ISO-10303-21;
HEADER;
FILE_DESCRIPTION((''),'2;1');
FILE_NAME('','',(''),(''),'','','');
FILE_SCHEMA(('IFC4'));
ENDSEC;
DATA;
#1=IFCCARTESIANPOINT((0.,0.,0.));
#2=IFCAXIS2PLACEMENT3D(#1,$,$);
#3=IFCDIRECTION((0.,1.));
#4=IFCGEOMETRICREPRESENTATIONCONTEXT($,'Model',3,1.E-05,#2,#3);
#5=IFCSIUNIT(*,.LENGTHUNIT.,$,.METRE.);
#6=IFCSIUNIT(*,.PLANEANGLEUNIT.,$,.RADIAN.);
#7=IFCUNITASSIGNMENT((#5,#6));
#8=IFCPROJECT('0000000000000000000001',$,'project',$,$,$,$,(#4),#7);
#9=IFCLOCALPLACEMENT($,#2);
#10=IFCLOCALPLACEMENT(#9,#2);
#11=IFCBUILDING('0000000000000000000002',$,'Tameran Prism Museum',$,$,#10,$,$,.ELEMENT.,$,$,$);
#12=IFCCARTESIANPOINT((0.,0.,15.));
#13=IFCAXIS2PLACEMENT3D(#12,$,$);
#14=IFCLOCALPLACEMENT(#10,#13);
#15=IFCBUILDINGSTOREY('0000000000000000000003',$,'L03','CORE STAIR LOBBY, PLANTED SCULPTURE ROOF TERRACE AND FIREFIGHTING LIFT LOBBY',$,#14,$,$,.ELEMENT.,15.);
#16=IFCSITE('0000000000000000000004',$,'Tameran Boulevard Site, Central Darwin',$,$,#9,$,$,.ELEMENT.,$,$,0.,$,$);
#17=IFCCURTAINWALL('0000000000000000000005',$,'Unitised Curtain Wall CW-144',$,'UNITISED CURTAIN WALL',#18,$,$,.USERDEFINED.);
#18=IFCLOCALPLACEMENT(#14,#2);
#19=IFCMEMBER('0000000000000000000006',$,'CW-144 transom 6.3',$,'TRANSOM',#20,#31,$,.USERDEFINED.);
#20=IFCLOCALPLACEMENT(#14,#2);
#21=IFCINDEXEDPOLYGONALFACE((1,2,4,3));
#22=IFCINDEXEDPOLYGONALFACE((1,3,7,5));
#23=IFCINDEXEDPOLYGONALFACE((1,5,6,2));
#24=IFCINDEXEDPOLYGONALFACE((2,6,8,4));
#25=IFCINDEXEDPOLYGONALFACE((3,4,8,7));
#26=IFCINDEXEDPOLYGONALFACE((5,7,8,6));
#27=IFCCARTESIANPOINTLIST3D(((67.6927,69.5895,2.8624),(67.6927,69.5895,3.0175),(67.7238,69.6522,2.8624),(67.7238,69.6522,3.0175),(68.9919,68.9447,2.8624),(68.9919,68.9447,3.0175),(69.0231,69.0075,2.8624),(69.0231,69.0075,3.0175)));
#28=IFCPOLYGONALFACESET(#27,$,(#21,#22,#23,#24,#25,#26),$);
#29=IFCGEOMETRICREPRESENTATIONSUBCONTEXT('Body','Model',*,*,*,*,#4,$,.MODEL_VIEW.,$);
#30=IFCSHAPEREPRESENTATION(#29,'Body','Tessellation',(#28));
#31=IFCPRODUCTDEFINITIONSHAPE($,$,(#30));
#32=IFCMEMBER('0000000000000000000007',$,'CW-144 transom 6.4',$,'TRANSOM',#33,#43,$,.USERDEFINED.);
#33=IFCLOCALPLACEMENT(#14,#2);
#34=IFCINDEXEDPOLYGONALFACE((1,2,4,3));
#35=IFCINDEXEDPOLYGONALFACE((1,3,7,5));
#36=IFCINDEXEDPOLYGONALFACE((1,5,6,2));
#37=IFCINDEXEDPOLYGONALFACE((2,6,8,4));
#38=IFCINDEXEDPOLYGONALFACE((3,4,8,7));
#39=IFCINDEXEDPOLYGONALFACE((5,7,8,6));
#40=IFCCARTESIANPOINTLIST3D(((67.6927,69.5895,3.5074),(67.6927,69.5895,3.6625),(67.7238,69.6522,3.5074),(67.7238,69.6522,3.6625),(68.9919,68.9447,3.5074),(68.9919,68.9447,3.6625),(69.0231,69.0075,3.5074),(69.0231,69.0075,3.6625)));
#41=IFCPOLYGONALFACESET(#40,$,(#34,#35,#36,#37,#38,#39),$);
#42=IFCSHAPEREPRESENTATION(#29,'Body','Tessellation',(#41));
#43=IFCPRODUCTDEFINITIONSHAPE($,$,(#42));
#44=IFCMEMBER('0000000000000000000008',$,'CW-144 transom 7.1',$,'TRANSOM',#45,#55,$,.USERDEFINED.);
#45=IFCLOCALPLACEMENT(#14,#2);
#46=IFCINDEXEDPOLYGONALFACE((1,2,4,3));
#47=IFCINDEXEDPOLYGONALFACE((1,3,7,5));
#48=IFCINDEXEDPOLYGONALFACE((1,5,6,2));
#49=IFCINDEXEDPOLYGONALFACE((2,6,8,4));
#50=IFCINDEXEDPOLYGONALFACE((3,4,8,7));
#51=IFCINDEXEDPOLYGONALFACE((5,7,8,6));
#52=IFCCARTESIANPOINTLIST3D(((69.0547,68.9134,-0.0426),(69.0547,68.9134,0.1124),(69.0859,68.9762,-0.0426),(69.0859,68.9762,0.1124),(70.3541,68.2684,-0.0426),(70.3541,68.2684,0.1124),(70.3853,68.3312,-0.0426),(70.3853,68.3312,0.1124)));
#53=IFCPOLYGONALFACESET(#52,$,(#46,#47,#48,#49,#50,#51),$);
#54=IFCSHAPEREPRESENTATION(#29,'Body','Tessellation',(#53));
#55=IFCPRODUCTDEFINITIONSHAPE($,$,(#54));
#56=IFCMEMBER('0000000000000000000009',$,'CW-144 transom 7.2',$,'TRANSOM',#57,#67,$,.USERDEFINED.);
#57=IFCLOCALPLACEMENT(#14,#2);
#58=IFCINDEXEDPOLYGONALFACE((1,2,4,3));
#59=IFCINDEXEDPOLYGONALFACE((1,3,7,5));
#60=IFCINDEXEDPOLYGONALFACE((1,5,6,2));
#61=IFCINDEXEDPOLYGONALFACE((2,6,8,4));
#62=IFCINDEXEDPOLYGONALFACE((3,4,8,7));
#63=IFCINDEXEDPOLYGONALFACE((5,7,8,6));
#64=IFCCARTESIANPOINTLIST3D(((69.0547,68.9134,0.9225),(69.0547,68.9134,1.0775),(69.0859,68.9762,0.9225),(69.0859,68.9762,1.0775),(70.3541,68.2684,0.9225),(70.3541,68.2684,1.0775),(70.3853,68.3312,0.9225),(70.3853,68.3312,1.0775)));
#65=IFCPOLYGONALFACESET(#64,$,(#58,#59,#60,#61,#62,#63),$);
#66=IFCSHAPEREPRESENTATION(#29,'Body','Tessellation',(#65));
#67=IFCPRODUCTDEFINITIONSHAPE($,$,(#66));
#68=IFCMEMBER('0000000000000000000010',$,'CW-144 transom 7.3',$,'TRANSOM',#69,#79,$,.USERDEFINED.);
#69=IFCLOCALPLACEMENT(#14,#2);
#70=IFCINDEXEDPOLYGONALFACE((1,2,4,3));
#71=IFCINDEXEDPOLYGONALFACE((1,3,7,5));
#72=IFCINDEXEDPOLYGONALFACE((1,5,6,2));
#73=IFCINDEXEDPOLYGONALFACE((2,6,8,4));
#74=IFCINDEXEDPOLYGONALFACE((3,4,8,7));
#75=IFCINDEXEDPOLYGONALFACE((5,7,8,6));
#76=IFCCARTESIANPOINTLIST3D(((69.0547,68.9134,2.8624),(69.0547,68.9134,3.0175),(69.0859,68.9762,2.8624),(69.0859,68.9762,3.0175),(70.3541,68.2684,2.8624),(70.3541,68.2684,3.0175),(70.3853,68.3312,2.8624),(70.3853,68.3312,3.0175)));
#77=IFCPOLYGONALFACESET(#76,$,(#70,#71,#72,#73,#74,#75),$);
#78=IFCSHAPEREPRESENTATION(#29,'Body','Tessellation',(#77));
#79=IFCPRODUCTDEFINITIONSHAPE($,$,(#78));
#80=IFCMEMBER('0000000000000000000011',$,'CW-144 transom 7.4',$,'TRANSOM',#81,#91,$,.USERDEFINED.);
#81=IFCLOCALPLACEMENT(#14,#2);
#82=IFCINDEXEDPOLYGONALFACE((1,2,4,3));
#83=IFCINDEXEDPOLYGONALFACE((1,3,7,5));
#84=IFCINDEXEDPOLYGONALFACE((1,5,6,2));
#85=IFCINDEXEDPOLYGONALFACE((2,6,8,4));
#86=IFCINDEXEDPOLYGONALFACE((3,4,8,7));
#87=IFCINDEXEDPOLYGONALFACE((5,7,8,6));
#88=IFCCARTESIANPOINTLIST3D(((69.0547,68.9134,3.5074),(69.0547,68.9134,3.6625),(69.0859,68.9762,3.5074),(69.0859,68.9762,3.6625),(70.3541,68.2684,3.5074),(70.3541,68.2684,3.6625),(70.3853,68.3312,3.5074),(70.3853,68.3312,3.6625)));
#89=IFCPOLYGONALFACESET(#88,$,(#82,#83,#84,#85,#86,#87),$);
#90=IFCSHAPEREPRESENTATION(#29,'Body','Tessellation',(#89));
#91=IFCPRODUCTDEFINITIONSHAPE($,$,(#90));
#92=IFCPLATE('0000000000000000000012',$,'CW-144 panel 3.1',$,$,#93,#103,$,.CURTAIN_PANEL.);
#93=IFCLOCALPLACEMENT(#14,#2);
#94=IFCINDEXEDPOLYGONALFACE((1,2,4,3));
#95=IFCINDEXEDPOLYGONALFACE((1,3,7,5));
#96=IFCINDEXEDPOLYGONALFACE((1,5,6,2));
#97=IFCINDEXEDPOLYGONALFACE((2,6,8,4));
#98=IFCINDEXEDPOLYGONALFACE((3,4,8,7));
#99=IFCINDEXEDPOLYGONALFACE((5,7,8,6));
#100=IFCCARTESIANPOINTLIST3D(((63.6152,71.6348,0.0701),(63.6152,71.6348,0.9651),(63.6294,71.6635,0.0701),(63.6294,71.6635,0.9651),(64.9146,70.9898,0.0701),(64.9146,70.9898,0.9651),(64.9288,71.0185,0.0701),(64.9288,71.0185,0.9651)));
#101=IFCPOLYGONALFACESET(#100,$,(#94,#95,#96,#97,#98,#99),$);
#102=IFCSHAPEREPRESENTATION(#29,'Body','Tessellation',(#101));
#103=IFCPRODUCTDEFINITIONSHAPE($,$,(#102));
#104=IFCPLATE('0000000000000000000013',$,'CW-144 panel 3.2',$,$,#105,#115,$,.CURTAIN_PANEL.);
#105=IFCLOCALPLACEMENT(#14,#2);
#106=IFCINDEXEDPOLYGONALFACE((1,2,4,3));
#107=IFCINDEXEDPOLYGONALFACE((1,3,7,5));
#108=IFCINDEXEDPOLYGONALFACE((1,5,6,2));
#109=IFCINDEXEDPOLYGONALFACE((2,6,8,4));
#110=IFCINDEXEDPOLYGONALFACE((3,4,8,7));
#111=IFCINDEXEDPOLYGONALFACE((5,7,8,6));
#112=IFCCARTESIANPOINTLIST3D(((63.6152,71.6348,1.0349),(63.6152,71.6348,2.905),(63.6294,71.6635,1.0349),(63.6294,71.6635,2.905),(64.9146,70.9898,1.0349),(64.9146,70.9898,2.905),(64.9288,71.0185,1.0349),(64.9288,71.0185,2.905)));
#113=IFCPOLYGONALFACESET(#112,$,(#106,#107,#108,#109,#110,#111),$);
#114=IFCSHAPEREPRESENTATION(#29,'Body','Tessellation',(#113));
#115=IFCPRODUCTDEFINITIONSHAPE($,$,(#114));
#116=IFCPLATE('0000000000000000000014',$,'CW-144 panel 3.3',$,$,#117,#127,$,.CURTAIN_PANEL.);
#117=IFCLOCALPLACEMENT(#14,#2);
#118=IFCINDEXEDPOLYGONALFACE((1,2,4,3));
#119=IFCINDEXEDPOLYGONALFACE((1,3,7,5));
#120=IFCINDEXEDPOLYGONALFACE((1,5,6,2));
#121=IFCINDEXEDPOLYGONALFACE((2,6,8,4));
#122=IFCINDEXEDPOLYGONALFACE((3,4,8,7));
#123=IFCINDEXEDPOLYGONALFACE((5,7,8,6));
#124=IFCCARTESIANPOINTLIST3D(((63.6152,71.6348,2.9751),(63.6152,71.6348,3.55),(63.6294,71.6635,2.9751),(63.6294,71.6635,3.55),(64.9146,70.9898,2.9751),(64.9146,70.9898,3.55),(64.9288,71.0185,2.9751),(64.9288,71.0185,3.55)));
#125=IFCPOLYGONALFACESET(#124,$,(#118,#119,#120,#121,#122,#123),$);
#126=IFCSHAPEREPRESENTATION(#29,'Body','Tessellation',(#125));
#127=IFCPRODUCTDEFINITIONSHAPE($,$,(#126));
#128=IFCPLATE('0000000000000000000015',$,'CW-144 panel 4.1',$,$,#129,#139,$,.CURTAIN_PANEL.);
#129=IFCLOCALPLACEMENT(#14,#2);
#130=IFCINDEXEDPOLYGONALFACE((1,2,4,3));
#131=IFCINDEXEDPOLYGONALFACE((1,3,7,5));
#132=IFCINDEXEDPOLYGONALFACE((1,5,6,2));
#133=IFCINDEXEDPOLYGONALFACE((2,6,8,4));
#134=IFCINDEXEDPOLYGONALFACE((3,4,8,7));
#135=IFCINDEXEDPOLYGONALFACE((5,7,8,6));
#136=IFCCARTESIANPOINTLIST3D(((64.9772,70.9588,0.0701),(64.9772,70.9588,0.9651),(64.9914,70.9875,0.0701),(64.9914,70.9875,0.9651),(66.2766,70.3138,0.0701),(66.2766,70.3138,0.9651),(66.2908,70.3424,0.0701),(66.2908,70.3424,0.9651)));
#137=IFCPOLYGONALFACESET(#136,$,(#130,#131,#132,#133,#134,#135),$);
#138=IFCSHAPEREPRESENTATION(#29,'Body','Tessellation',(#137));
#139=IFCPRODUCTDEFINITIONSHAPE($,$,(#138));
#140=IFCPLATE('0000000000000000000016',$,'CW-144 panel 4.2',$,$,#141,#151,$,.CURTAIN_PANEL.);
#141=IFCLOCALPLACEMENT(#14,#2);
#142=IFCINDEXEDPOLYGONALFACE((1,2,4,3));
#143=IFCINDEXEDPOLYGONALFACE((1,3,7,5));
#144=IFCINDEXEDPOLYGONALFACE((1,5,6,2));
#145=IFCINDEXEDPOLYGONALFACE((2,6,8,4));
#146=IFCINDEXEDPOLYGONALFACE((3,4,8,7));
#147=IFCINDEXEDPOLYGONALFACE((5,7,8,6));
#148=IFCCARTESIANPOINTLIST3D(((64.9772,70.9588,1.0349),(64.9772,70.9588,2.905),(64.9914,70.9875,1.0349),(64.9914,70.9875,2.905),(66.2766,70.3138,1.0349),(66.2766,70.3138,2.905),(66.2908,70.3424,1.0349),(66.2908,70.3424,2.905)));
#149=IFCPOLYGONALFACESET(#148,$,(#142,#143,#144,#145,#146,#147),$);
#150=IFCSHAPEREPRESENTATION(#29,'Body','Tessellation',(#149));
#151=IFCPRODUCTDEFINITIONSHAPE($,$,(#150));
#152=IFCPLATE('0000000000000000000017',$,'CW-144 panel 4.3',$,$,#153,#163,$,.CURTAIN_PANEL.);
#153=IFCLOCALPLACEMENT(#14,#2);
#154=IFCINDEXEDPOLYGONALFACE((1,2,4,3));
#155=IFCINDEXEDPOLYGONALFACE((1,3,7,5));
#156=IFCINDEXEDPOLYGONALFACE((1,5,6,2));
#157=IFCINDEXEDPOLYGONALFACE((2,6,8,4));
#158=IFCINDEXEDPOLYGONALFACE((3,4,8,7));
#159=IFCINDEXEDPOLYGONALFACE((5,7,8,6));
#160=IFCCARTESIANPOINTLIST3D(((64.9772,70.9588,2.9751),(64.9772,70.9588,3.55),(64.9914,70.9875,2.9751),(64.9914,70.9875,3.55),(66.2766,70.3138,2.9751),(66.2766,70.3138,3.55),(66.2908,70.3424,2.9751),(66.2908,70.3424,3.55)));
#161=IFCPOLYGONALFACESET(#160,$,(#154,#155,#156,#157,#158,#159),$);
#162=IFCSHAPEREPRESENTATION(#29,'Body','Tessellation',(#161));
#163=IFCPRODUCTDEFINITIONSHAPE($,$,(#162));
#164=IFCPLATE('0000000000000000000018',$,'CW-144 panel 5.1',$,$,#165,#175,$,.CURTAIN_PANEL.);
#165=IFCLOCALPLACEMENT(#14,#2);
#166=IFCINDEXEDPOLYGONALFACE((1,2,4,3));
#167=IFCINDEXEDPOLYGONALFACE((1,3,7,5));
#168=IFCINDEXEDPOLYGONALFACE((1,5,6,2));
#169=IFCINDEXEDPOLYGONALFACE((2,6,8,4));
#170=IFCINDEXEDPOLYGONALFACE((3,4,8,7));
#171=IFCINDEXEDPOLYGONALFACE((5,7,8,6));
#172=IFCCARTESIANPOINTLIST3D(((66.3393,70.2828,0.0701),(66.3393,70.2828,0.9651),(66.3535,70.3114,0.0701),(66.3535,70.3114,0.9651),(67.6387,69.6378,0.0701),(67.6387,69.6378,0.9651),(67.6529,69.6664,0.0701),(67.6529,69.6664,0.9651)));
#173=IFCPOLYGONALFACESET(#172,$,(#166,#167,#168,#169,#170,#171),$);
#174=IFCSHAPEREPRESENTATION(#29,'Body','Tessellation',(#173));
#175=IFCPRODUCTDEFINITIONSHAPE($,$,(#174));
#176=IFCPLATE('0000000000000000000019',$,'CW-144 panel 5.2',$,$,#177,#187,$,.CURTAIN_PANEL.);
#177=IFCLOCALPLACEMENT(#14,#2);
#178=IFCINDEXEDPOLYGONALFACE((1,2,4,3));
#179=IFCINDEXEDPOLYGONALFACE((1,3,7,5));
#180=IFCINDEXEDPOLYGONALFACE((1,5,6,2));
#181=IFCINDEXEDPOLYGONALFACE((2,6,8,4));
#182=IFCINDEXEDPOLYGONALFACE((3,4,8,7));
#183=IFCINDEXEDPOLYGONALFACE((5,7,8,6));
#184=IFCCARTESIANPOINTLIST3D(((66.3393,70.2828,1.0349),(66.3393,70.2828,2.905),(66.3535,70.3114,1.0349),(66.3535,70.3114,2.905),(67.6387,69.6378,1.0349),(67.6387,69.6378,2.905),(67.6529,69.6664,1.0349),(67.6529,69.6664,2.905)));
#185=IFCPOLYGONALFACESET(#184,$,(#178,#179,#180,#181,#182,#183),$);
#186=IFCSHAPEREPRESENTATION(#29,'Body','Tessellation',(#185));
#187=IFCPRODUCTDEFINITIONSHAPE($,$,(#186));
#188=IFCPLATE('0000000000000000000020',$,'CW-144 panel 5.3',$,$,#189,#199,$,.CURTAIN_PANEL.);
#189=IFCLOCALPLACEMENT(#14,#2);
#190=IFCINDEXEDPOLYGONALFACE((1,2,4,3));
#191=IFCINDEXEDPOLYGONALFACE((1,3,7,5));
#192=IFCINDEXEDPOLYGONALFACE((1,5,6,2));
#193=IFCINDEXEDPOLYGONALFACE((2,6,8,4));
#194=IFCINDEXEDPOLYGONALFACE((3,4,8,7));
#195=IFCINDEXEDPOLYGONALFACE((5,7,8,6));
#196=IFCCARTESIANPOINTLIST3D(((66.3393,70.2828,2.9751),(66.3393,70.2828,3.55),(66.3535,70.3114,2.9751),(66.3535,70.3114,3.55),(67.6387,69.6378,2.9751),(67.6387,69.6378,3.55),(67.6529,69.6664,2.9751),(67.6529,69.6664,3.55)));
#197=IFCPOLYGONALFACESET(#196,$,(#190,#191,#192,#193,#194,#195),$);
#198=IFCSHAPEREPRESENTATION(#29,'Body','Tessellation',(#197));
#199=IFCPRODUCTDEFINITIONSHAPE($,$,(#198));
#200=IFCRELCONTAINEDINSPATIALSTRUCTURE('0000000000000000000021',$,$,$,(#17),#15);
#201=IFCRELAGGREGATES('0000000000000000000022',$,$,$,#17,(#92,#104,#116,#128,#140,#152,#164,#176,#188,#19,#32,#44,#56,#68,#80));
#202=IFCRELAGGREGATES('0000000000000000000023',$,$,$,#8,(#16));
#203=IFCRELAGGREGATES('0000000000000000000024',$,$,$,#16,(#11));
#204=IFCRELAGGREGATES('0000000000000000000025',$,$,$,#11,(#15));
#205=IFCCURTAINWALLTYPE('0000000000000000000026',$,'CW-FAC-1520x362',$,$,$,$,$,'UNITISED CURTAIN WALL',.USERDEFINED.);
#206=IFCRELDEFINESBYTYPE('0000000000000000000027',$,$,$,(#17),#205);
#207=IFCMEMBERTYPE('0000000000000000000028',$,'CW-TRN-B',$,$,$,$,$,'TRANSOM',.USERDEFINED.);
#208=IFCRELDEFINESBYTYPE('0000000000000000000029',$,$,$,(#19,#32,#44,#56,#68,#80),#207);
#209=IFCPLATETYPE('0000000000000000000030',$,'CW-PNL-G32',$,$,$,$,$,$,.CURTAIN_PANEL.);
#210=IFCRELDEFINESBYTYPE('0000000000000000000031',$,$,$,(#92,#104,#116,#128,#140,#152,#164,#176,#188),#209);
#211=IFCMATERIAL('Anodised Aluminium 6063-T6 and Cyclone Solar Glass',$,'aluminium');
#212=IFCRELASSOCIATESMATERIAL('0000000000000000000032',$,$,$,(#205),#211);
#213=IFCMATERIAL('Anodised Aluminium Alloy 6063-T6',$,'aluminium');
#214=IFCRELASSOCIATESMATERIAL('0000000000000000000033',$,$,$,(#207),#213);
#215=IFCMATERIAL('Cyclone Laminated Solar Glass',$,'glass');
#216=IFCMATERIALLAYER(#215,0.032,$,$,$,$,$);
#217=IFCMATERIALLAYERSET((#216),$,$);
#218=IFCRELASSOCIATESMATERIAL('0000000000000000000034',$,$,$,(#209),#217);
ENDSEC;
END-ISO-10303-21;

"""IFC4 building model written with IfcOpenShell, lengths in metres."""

from ifc_helpers import new_model, si_unit, direction, frame, origin, origin_2d, place, context, subcontext, project, spatial, rectangle, extrude, material, layer, layer_set, material_profile, profile_set, type_object, element, aggregate, save


model = new_model("IFC4")

# Units and contexts
model_context = context("Model", 3, precision=1e-05, world=origin(), true_north=direction((0.0, 1.0)))
body_context = subcontext(model_context, "Body", "Model", "MODEL_VIEW")
ifc_project = project(units=[si_unit("LENGTHUNIT", "METRE"), si_unit("PLANEANGLEUNIT", "RADIAN")], contexts=[model_context])

# Site, building, storey
site_placement = place(None, origin())
site = spatial("IfcSite", under=ifc_project, at=site_placement, Name="Tameran Boulevard Site, Central Darwin", CompositionType="ELEMENT", RefElevation=0.0)
building_placement = place(site_placement, origin())
building = spatial("IfcBuilding", under=site, at=building_placement, Name="Tameran Prism Museum", CompositionType="ELEMENT")
storey_placement = place(building_placement, frame((0.0, 0.0, 15.0)))
storey = spatial("IfcBuildingStorey", under=building, at=storey_placement, Name="L03", Description="CORE STAIR LOBBY, PLANTED SCULPTURE ROOF TERRACE AND FIREFIGHTING LIFT LOBBY", CompositionType="ELEMENT", Elevation=15.0)

# Curtain wall, members, plates
ifc_material_1 = material(Name="Anodised Aluminium 6063-T6 and Cyclone Solar Glass", Category="aluminium")
curtain_wall_type = type_object("IfcCurtainWallType", Name="CW-FAC-1520x362", ElementType="UNITISED CURTAIN WALL", PredefinedType="USERDEFINED", material=ifc_material_1)
curtain_wall_placement = place(storey_placement, origin())
curtain_wall = element("IfcCurtainWall", 1, at=curtain_wall_placement, inside=storey, type_object=curtain_wall_type, Name="Unitised Curtain Wall CW-144", ObjectType="UNITISED CURTAIN WALL", PredefinedType="USERDEFINED")
ifc_material_2 = material(Name="Anodised Aluminium Alloy 6063-T6", Category="aluminium")
ifc_material_profile_1 = material_profile(ifc_material_2, rectangle(XDim=0.0701, YDim=0.155, at=origin_2d()))
ifc_profile_set_1 = profile_set([ifc_material_profile_1])
member_type_1 = type_object("IfcMemberType", Name="CW-TRN-B", ElementType="TRANSOM", PredefinedType="USERDEFINED", material=ifc_profile_set_1)
member_1_placement = place(storey_placement, frame((67.7083, 69.6208, 2.9399), z_axis=(0.89577, -0.444519, 0.0), x_axis=(0.444519, 0.89577, 0.0)))
member_1 = element("IfcMember", 2, at=member_1_placement, type_object=member_type_1, Name="CW-144 transom 6.3", ObjectType="TRANSOM", PredefinedType="USERDEFINED", context=body_context, shape_type="SweptSolid", body=[
    extrude(rectangle(XDim=0.0701, YDim=0.155, at=origin_2d()), origin(), (0.0, 0.0, 1.0), 1.4504),
])
member_2_placement = place(storey_placement, frame((67.7083, 69.6208, 3.585), z_axis=(0.89577, -0.444519, 0.0), x_axis=(0.444519, 0.89577, 0.0)))
member_2 = element("IfcMember", 3, at=member_2_placement, type_object=member_type_1, Name="CW-144 transom 6.4", ObjectType="TRANSOM", PredefinedType="USERDEFINED", context=body_context, shape_type="SweptSolid", body=[
    extrude(rectangle(XDim=0.0701, YDim=0.155, at=origin_2d()), origin(), (0.0, 0.0, 1.0), 1.4504),
])
member_3_placement = place(storey_placement, frame((69.0703, 68.9448, 0.0349), z_axis=(0.895703, -0.444654, 0.0), x_axis=(0.444654, 0.895703, 0.0)))
member_3 = element("IfcMember", 4, at=member_3_placement, type_object=member_type_1, Name="CW-144 transom 7.1", ObjectType="TRANSOM", PredefinedType="USERDEFINED", context=body_context, shape_type="SweptSolid", body=[
    extrude(rectangle(XDim=0.0701, YDim=0.155, at=origin_2d()), origin(), (0.0, 0.0, 1.0), 1.4507),
])
member_4_placement = place(storey_placement, frame((69.0703, 68.9448, 1.0), z_axis=(0.895703, -0.444654, 0.0), x_axis=(0.444654, 0.895703, 0.0)))
member_4 = element("IfcMember", 5, at=member_4_placement, type_object=member_type_1, Name="CW-144 transom 7.2", ObjectType="TRANSOM", PredefinedType="USERDEFINED", context=body_context, shape_type="SweptSolid", body=[
    extrude(rectangle(XDim=0.0701, YDim=0.155, at=origin_2d()), origin(), (0.0, 0.0, 1.0), 1.4507),
])
member_5_placement = place(storey_placement, frame((69.0703, 68.9448, 2.9399), z_axis=(0.895703, -0.444654, 0.0), x_axis=(0.444654, 0.895703, 0.0)))
member_5 = element("IfcMember", 6, at=member_5_placement, type_object=member_type_1, Name="CW-144 transom 7.3", ObjectType="TRANSOM", PredefinedType="USERDEFINED", context=body_context, shape_type="SweptSolid", body=[
    extrude(rectangle(XDim=0.0701, YDim=0.155, at=origin_2d()), origin(), (0.0, 0.0, 1.0), 1.4507),
])
member_6_placement = place(storey_placement, frame((69.0703, 68.9448, 3.585), z_axis=(0.895703, -0.444654, 0.0), x_axis=(0.444654, 0.895703, 0.0)))
member_6 = element("IfcMember", 7, at=member_6_placement, type_object=member_type_1, Name="CW-144 transom 7.4", ObjectType="TRANSOM", PredefinedType="USERDEFINED", context=body_context, shape_type="SweptSolid", body=[
    extrude(rectangle(XDim=0.0701, YDim=0.155, at=origin_2d()), origin(), (0.0, 0.0, 1.0), 1.4507),
])
ifc_material_3 = material(Name="Cyclone Laminated Solar Glass", Category="glass")
ifc_layer = layer(ifc_material_3, 0.032)
ifc_layer_set = layer_set([ifc_layer])
plate_type = type_object("IfcPlateType", Name="CW-PNL-G32", PredefinedType="CURTAIN_PANEL", material=ifc_layer_set)
plate_1_placement = place(storey_placement, frame((64.272, 71.3267, 0.0701), z_axis=(0.0, 0.0, 1.0), x_axis=(0.895712, -0.444634, 0.0)))
plate_1 = element("IfcPlate", 8, at=plate_1_placement, type_object=plate_type, Name="CW-144 panel 3.1", PredefinedType="CURTAIN_PANEL", context=body_context, shape_type="SweptSolid", body=[
    extrude(rectangle(XDim=1.4507, YDim=0.032, at=origin_2d()), origin(), (0.0, 0.0, 1.0), 0.895),
])
plate_2_placement = place(storey_placement, frame((64.272, 71.3267, 1.0349), z_axis=(0.0, 0.0, 1.0), x_axis=(0.895712, -0.444634, 0.0)))
plate_2 = element("IfcPlate", 9, at=plate_2_placement, type_object=plate_type, Name="CW-144 panel 3.2", PredefinedType="CURTAIN_PANEL", context=body_context, shape_type="SweptSolid", body=[
    extrude(rectangle(XDim=1.4507, YDim=0.032, at=origin_2d()), origin(), (0.0, 0.0, 1.0), 1.8701),
])
plate_3_placement = place(storey_placement, frame((64.272, 71.3267, 2.9751), z_axis=(0.0, 0.0, 1.0), x_axis=(0.895712, -0.444634, 0.0)))
plate_3 = element("IfcPlate", 10, at=plate_3_placement, type_object=plate_type, Name="CW-144 panel 3.3", PredefinedType="CURTAIN_PANEL", context=body_context, shape_type="SweptSolid", body=[
    extrude(rectangle(XDim=1.4507, YDim=0.032, at=origin_2d()), origin(), (0.0, 0.0, 1.0), 0.575),
])
plate_4_placement = place(storey_placement, frame((65.634, 70.6506, 0.0701), z_axis=(0.0, 0.0, 1.0), x_axis=(0.895712, -0.444634, 0.0)))
plate_4 = element("IfcPlate", 11, at=plate_4_placement, type_object=plate_type, Name="CW-144 panel 4.1", PredefinedType="CURTAIN_PANEL", context=body_context, shape_type="SweptSolid", body=[
    extrude(rectangle(XDim=1.4507, YDim=0.032, at=origin_2d()), origin(), (0.0, 0.0, 1.0), 0.895),
])
plate_5_placement = place(storey_placement, frame((65.634, 70.6506, 1.0349), z_axis=(0.0, 0.0, 1.0), x_axis=(0.895712, -0.444634, 0.0)))
plate_5 = element("IfcPlate", 12, at=plate_5_placement, type_object=plate_type, Name="CW-144 panel 4.2", PredefinedType="CURTAIN_PANEL", context=body_context, shape_type="SweptSolid", body=[
    extrude(rectangle(XDim=1.4507, YDim=0.032, at=origin_2d()), origin(), (0.0, 0.0, 1.0), 1.8701),
])
plate_6_placement = place(storey_placement, frame((65.634, 70.6506, 2.9751), z_axis=(0.0, 0.0, 1.0), x_axis=(0.895712, -0.444634, 0.0)))
plate_6 = element("IfcPlate", 13, at=plate_6_placement, type_object=plate_type, Name="CW-144 panel 4.3", PredefinedType="CURTAIN_PANEL", context=body_context, shape_type="SweptSolid", body=[
    extrude(rectangle(XDim=1.4507, YDim=0.032, at=origin_2d()), origin(), (0.0, 0.0, 1.0), 0.575),
])
plate_7_placement = place(storey_placement, frame((66.9961, 69.9746, 0.0701), z_axis=(0.0, 0.0, 1.0), x_axis=(0.895712, -0.444634, 0.0)))
plate_7 = element("IfcPlate", 14, at=plate_7_placement, type_object=plate_type, Name="CW-144 panel 5.1", PredefinedType="CURTAIN_PANEL", context=body_context, shape_type="SweptSolid", body=[
    extrude(rectangle(XDim=1.4507, YDim=0.032, at=origin_2d()), origin(), (0.0, 0.0, 1.0), 0.895),
])
plate_8_placement = place(storey_placement, frame((66.9961, 69.9746, 1.0349), z_axis=(0.0, 0.0, 1.0), x_axis=(0.895712, -0.444634, 0.0)))
plate_8 = element("IfcPlate", 15, at=plate_8_placement, type_object=plate_type, Name="CW-144 panel 5.2", PredefinedType="CURTAIN_PANEL", context=body_context, shape_type="SweptSolid", body=[
    extrude(rectangle(XDim=1.4507, YDim=0.032, at=origin_2d()), origin(), (0.0, 0.0, 1.0), 1.8701),
])
plate_9_placement = place(storey_placement, frame((66.9961, 69.9746, 2.9751), z_axis=(0.0, 0.0, 1.0), x_axis=(0.895712, -0.444634, 0.0)))
plate_9 = element("IfcPlate", 16, at=plate_9_placement, type_object=plate_type, Name="CW-144 panel 5.3", PredefinedType="CURTAIN_PANEL", context=body_context, shape_type="SweptSolid", body=[
    extrude(rectangle(XDim=1.4507, YDim=0.032, at=origin_2d()), origin(), (0.0, 0.0, 1.0), 0.575),
])
aggregate(curtain_wall, [plate_1, plate_2, plate_3, plate_4, plate_5, plate_6, plate_7, plate_8, plate_9, member_1, member_2, member_3, member_4, member_5, member_6])

save(model, "model.ifc")
